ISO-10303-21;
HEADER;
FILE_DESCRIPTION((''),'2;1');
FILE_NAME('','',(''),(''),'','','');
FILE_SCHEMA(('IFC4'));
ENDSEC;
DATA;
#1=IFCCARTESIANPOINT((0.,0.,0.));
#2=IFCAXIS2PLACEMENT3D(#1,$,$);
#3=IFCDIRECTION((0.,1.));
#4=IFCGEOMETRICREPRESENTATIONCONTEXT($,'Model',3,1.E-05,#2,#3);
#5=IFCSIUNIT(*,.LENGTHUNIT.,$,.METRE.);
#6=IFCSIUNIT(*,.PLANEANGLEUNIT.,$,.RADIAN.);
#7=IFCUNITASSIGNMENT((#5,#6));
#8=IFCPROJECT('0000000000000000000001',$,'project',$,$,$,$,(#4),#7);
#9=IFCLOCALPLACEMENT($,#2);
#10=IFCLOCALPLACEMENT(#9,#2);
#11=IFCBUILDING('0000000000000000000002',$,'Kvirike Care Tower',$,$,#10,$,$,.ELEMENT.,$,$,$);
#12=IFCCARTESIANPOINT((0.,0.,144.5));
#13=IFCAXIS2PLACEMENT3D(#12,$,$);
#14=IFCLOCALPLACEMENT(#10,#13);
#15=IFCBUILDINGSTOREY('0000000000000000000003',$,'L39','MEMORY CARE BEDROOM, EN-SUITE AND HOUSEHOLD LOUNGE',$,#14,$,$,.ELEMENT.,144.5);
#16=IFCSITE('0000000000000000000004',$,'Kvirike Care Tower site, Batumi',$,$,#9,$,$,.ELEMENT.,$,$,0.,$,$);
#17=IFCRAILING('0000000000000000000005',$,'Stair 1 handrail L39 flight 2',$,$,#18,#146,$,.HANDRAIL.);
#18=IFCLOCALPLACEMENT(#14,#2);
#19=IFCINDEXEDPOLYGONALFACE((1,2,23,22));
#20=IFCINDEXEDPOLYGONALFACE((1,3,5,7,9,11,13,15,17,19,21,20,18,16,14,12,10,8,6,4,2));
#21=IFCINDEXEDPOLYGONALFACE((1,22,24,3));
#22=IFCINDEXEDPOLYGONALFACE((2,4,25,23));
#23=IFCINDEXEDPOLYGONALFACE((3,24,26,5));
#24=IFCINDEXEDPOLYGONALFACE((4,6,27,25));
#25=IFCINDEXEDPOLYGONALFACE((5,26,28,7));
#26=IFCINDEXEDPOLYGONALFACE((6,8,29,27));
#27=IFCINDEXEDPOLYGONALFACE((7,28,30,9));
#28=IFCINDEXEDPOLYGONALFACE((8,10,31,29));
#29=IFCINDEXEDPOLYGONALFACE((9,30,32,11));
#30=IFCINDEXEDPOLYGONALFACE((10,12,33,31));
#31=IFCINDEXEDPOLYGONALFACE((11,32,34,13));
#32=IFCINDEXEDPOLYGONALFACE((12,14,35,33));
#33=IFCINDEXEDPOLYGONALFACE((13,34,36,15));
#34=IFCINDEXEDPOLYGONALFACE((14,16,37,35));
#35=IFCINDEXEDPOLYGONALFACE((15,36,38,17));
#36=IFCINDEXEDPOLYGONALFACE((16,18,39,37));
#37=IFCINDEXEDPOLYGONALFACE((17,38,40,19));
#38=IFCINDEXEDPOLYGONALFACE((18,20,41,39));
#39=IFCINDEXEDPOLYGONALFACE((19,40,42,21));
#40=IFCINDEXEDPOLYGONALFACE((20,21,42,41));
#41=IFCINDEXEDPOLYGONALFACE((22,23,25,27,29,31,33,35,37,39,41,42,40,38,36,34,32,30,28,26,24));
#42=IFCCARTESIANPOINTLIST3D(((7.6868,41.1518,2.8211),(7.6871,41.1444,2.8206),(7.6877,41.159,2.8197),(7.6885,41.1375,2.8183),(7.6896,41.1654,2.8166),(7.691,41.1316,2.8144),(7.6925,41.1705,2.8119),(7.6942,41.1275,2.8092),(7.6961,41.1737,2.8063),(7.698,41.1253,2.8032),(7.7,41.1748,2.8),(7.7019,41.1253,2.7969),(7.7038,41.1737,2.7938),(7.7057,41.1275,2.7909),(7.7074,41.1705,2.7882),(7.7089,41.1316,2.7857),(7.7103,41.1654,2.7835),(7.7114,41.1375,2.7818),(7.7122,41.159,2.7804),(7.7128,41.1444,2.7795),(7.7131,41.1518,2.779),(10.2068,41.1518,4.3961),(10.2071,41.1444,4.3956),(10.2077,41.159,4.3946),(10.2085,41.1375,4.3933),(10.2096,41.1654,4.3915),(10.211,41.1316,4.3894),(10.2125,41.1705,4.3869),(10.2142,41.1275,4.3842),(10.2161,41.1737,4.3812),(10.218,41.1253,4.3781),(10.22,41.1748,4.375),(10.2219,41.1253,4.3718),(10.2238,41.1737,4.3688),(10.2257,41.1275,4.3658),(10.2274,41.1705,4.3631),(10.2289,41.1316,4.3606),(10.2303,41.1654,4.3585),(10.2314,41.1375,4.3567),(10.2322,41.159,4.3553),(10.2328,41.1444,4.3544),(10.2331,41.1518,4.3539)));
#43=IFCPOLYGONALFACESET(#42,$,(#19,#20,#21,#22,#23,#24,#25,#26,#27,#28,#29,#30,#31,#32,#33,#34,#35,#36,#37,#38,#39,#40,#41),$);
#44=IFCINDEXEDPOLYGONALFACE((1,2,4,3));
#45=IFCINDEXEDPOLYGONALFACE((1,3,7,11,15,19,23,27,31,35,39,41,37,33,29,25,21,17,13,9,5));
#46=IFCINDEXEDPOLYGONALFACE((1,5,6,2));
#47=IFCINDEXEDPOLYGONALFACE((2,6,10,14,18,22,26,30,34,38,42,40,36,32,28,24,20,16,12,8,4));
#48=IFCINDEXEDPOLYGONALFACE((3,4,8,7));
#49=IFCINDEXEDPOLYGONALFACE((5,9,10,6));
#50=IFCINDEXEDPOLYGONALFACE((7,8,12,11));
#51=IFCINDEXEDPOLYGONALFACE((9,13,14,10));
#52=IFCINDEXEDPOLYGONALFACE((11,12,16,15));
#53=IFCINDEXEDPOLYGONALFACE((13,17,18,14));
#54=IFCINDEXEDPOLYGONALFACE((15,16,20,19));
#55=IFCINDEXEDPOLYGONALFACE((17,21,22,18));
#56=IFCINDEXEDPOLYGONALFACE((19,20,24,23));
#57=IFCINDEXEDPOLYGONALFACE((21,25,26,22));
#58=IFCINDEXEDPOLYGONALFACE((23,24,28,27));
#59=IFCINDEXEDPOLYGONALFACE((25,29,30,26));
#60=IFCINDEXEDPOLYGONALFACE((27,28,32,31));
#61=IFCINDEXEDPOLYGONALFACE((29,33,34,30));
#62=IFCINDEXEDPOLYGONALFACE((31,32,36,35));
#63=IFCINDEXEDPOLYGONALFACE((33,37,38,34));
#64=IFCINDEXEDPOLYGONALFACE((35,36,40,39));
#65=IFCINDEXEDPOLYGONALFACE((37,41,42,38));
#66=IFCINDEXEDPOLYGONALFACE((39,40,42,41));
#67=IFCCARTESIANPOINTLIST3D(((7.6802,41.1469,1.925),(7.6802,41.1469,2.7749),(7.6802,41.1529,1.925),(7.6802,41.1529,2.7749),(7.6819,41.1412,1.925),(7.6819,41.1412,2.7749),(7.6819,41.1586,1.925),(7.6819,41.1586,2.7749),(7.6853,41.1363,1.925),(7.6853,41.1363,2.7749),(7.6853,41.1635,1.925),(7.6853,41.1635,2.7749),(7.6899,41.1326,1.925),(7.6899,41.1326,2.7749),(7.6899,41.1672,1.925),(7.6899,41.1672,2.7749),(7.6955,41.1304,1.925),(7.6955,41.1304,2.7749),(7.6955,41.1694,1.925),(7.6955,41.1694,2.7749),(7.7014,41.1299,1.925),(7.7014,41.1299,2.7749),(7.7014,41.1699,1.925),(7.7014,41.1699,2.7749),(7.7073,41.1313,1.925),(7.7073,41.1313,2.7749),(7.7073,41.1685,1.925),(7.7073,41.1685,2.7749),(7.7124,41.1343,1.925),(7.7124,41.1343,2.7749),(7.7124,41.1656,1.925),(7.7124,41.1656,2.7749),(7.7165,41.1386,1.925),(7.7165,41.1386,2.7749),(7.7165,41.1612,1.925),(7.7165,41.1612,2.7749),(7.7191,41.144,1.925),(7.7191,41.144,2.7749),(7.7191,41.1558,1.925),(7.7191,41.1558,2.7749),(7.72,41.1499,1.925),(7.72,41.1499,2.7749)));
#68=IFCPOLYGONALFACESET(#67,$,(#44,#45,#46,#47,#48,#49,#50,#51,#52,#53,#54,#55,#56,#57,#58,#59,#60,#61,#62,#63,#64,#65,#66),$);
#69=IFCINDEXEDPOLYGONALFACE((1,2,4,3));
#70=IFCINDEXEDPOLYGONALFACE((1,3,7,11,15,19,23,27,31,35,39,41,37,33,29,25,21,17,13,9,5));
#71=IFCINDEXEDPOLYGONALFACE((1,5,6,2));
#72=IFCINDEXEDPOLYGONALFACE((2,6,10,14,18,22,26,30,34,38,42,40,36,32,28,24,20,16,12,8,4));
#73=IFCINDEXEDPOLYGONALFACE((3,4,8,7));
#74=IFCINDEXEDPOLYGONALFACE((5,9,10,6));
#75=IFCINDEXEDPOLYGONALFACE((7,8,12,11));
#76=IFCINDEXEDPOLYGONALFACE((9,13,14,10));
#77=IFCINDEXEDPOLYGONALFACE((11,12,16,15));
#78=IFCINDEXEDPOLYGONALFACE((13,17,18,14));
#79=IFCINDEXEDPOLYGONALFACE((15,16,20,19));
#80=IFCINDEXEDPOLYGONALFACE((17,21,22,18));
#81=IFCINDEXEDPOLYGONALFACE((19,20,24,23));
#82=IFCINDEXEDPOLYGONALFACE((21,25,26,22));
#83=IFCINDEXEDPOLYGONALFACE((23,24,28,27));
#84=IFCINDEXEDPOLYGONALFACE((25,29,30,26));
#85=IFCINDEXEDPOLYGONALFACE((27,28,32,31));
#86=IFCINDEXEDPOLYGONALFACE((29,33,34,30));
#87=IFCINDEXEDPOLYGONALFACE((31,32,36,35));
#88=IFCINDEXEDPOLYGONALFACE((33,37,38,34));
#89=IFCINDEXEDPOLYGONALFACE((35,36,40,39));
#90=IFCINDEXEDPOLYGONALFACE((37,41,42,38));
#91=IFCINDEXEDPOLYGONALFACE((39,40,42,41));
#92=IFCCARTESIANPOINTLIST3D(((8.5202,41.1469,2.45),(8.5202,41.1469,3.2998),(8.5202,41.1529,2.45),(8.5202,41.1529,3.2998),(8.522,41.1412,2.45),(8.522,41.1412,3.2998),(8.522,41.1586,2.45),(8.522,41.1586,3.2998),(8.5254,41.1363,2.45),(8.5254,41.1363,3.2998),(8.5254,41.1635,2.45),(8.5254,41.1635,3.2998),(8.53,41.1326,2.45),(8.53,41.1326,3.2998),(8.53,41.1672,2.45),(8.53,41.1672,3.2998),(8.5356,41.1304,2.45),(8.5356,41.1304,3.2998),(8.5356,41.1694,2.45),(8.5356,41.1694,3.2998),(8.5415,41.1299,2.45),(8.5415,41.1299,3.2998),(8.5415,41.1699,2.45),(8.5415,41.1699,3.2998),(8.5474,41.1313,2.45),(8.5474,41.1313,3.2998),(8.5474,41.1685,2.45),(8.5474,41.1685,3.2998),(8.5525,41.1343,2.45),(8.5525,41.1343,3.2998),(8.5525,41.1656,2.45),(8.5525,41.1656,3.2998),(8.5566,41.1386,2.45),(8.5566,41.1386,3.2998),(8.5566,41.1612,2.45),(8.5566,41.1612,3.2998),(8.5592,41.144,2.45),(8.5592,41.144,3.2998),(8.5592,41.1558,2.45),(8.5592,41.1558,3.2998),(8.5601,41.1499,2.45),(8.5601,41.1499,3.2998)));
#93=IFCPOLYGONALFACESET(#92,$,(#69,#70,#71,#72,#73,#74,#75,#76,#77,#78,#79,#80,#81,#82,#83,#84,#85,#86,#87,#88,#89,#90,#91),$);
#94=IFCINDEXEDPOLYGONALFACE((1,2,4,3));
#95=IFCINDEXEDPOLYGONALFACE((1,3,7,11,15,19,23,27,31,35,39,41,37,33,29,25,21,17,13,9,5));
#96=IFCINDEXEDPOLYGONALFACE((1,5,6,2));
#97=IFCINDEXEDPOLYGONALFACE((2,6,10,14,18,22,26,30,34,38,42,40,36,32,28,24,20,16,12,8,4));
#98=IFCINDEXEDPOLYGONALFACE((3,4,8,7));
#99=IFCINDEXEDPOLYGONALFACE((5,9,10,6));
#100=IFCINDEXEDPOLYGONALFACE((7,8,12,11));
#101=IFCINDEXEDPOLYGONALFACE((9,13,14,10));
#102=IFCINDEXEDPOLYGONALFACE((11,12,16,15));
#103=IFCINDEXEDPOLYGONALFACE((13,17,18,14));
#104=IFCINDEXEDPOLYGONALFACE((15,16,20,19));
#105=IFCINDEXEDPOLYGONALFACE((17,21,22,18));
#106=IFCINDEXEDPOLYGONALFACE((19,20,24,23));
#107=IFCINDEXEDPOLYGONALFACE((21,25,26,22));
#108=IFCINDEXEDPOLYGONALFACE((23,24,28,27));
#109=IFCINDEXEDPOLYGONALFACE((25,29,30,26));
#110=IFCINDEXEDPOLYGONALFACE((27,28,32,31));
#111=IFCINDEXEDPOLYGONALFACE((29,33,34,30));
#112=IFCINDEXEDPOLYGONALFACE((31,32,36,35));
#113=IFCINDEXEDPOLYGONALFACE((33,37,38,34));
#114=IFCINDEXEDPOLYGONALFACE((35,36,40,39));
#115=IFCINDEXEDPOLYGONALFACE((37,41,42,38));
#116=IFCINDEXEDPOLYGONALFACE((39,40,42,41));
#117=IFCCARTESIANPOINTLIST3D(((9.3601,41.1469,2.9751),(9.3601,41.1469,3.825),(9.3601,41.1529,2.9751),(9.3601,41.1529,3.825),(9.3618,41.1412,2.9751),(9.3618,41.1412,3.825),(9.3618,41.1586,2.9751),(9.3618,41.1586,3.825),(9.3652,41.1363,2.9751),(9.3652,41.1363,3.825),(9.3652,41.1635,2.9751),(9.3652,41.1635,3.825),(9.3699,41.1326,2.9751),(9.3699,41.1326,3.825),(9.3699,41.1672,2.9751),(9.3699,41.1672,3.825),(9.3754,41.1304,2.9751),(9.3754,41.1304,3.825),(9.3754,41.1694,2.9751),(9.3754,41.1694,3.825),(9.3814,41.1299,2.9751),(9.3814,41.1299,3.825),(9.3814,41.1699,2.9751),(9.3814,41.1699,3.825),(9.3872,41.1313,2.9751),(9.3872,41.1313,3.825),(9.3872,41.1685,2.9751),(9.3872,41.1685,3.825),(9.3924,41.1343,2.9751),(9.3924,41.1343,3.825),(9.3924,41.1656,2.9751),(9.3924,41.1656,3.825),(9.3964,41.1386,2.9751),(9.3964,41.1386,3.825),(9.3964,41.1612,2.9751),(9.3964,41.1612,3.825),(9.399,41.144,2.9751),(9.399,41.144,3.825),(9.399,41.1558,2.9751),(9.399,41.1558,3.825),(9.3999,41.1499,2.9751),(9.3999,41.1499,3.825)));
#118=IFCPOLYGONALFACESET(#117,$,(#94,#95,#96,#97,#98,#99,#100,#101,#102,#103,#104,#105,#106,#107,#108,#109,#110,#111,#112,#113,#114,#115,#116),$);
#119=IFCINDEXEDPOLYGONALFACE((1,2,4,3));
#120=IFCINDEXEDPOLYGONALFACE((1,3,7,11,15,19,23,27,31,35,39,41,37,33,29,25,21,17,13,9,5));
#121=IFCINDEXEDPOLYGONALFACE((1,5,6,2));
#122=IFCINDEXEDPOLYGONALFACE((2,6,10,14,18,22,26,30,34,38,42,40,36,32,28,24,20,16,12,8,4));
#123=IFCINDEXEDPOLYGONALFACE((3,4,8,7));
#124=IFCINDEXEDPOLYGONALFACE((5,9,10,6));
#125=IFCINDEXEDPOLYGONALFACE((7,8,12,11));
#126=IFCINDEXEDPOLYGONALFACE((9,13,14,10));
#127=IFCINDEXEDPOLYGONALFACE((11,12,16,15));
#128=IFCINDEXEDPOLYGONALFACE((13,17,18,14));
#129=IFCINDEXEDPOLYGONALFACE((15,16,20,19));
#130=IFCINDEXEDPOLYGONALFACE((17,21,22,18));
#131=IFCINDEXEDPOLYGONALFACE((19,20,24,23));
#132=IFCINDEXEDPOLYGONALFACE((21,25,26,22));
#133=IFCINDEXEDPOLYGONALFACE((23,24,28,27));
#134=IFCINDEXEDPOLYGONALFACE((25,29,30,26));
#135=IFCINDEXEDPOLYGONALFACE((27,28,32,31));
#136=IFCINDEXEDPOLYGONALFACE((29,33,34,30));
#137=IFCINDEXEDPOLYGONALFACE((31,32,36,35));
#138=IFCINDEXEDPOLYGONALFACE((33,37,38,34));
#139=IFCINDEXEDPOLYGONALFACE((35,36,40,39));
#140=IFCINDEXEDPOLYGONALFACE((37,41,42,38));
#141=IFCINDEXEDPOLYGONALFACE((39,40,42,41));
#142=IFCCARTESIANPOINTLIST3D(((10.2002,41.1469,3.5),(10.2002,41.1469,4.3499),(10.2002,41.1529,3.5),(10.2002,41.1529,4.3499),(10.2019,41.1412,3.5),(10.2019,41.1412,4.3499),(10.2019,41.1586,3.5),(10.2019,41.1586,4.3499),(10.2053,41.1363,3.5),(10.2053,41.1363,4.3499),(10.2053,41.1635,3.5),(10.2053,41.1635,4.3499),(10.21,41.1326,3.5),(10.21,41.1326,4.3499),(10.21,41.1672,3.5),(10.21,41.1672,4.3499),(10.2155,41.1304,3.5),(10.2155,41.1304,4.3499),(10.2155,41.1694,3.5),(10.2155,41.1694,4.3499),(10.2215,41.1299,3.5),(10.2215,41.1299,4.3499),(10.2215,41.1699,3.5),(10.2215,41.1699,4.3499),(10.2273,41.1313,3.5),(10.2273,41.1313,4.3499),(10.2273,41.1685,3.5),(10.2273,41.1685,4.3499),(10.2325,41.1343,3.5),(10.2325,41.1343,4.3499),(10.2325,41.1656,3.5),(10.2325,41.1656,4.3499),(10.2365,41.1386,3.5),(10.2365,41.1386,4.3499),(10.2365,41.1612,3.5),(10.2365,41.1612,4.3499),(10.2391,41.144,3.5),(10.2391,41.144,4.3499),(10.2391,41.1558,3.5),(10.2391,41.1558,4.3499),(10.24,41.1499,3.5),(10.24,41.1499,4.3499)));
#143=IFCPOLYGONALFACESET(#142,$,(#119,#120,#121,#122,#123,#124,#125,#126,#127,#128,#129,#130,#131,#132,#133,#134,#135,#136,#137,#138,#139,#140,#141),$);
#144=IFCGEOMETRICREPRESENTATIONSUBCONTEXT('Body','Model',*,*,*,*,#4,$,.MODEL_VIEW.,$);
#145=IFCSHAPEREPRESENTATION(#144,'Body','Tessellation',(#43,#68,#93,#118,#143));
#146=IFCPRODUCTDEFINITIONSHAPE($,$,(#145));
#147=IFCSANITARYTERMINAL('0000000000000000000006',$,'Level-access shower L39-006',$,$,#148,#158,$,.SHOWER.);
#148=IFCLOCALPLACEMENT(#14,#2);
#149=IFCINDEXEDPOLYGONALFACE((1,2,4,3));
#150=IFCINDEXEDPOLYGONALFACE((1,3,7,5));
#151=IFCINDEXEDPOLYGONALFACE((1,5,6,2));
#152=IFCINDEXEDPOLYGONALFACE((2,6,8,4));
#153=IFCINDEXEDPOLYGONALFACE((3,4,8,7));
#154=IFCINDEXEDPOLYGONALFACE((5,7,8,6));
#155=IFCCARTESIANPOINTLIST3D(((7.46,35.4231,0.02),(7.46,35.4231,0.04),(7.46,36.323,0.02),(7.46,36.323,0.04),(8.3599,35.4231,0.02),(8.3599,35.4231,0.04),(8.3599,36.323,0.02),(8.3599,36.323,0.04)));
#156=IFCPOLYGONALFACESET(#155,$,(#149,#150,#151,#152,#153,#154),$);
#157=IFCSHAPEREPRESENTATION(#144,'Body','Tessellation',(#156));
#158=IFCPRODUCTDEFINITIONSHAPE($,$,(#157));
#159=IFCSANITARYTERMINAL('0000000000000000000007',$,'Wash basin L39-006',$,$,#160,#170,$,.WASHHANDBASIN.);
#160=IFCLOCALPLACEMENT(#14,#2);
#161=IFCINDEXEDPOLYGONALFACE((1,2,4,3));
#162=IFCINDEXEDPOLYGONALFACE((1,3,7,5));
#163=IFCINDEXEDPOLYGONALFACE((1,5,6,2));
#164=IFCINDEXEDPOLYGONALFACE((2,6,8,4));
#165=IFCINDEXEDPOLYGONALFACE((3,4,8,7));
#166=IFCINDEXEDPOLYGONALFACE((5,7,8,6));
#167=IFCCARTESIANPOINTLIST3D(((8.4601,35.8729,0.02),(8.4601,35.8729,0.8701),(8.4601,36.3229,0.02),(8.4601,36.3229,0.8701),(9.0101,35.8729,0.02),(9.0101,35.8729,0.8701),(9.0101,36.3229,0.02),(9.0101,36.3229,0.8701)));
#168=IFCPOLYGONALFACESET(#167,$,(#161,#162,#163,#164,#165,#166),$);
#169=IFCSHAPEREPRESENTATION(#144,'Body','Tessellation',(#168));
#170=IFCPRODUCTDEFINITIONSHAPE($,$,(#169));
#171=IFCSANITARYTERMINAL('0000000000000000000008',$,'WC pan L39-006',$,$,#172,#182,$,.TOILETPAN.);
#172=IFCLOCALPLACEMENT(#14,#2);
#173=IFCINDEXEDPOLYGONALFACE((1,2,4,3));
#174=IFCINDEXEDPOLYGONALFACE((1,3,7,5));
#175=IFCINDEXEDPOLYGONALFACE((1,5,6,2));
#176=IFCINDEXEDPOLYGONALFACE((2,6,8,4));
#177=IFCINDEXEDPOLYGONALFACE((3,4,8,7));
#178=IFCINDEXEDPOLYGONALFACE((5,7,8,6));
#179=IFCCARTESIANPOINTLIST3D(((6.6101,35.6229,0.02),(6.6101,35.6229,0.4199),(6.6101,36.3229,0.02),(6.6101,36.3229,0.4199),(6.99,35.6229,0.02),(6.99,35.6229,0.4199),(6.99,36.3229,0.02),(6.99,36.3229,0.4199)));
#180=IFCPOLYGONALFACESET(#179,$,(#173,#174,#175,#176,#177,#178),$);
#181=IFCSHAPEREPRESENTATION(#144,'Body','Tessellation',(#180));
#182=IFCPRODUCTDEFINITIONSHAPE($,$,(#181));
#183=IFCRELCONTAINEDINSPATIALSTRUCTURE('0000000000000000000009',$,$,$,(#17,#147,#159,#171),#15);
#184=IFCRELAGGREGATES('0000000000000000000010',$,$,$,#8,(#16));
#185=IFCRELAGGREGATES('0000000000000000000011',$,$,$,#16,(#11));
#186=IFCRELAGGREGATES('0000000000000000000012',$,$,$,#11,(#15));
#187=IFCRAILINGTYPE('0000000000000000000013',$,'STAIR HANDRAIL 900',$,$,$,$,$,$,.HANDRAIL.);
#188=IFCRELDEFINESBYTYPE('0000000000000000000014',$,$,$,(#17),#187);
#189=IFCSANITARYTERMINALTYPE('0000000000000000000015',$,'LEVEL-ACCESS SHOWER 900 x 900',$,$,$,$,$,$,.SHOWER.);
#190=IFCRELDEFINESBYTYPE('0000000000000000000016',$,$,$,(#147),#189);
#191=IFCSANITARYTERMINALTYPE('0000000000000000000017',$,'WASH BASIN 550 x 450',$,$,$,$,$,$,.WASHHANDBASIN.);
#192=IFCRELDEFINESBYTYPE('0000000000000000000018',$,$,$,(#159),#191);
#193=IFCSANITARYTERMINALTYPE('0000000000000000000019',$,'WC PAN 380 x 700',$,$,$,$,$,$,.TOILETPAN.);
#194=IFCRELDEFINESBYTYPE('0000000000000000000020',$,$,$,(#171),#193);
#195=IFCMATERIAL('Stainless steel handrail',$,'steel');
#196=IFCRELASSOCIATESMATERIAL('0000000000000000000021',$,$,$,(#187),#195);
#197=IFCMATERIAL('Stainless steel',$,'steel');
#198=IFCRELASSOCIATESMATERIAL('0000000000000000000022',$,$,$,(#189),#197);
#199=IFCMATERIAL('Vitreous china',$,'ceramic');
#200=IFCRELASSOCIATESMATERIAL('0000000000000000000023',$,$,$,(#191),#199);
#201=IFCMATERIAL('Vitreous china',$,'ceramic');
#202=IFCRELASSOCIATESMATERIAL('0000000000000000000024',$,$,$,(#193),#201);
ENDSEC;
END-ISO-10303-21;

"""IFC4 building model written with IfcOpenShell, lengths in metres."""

from ifc_helpers import new_model, si_unit, direction, frame, origin, origin_2d, place, context, subcontext, project, spatial, rectangle, circle, extrude, material, type_object, element, save


model = new_model("IFC4")

# Units and contexts
model_context = context("Model", 3, precision=1e-05, world=origin(), true_north=direction((0.0, 1.0)))
body_context = subcontext(model_context, "Body", "Model", "MODEL_VIEW")
ifc_project = project(units=[si_unit("LENGTHUNIT", "METRE"), si_unit("PLANEANGLEUNIT", "RADIAN")], contexts=[model_context])

# Site, building, storey
site_placement = place(None, origin())
site = spatial("IfcSite", under=ifc_project, at=site_placement, Name="Kvirike Care Tower site, Batumi", CompositionType="ELEMENT", RefElevation=0.0)
building_placement = place(site_placement, origin())
building = spatial("IfcBuilding", under=site, at=building_placement, Name="Kvirike Care Tower", CompositionType="ELEMENT")
storey_placement = place(building_placement, frame((0.0, 0.0, 144.5)))
storey = spatial("IfcBuildingStorey", under=building, at=storey_placement, Name="L39", Description="MEMORY CARE BEDROOM, EN-SUITE AND HOUSEHOLD LOUNGE", CompositionType="ELEMENT", Elevation=144.5)

# Railing
ifc_material_1 = material(Name="Stainless steel handrail", Category="steel")
railing_type = type_object("IfcRailingType", Name="STAIR HANDRAIL 900", PredefinedType="HANDRAIL", material=ifc_material_1)
railing_placement = place(storey_placement, frame((7.7, 41.1499, 1.925)))
element("IfcRailing", 1, at=railing_placement, inside=storey, type_object=railing_type, Name="Stair 1 handrail L39 flight 2", PredefinedType="HANDRAIL", context=body_context, shape_type="SweptSolid", body=[
    extrude(circle(Radius=0.0249, at=origin_2d()), frame((0.0, 0.0, 0.875), z_axis=(0.848008, 0.0, 0.529984), x_axis=(0.0, 1.0, 0.0)), (0.0, 0.0, 1.0), 2.9717),
    extrude(circle(Radius=0.02, at=origin_2d()), origin(), (0.0, 0.0, 1.0), 0.8499),
    extrude(circle(Radius=0.02, at=origin_2d()), frame((0.8401, 0.0, 0.5249)), (0.0, 0.0, 1.0), 0.8499),
    extrude(circle(Radius=0.02, at=origin_2d()), frame((1.6799, 0.0, 1.05)), (0.0, 0.0, 1.0), 0.8499),
    extrude(circle(Radius=0.02, at=origin_2d()), frame((2.52, 0.0, 1.575)), (0.0, 0.0, 1.0), 0.8499),
])

# Sanitary terminals
ifc_material_2 = material(Name="Stainless steel", Category="steel")
sanitary_terminal_type_1 = type_object("IfcSanitaryTerminalType", Name="LEVEL-ACCESS SHOWER 900 x 900", PredefinedType="SHOWER", material=ifc_material_2)
sanitary_terminal_1_placement = place(storey_placement, frame((7.9099, 35.873, 0.02), z_axis=(0.0, 0.0, 1.0), x_axis=(1.0, 0.0, 0.0)))
element("IfcSanitaryTerminal", 2, at=sanitary_terminal_1_placement, inside=storey, type_object=sanitary_terminal_type_1, Name="Level-access shower L39-006", PredefinedType="SHOWER", context=body_context, shape_type="SweptSolid", body=[
    extrude(rectangle(XDim=0.8999, YDim=0.8999, at=origin_2d()), origin(), (0.0, 0.0, 1.0), 0.02),
])
ifc_material_3 = material(Name="Vitreous china", Category="ceramic")
sanitary_terminal_type_2 = type_object("IfcSanitaryTerminalType", Name="WASH BASIN 550 x 450", PredefinedType="WASHHANDBASIN", material=ifc_material_3)
sanitary_terminal_2_placement = place(storey_placement, frame((8.7351, 36.0979, 0.02), z_axis=(0.0, 0.0, 1.0), x_axis=(1.0, 0.0, 0.0)))
element("IfcSanitaryTerminal", 3, at=sanitary_terminal_2_placement, inside=storey, type_object=sanitary_terminal_type_2, Name="Wash basin L39-006", PredefinedType="WASHHANDBASIN", context=body_context, shape_type="SweptSolid", body=[
    extrude(rectangle(XDim=0.55, YDim=0.45, at=origin_2d()), origin(), (0.0, 0.0, 1.0), 0.8501),
])
ifc_material_4 = material(Name="Vitreous china", Category="ceramic")
sanitary_terminal_type_3 = type_object("IfcSanitaryTerminalType", Name="WC PAN 380 x 700", PredefinedType="TOILETPAN", material=ifc_material_4)
sanitary_terminal_3_placement = place(storey_placement, frame((6.8, 35.9729, 0.02), z_axis=(0.0, 0.0, 1.0), x_axis=(1.0, 0.0, 0.0)))
element("IfcSanitaryTerminal", 4, at=sanitary_terminal_3_placement, inside=storey, type_object=sanitary_terminal_type_3, Name="WC pan L39-006", PredefinedType="TOILETPAN", context=body_context, shape_type="SweptSolid", body=[
    extrude(rectangle(XDim=0.3799, YDim=0.7, at=origin_2d()), origin(), (0.0, 0.0, 1.0), 0.3999),
])

save(model, "model.ifc")
